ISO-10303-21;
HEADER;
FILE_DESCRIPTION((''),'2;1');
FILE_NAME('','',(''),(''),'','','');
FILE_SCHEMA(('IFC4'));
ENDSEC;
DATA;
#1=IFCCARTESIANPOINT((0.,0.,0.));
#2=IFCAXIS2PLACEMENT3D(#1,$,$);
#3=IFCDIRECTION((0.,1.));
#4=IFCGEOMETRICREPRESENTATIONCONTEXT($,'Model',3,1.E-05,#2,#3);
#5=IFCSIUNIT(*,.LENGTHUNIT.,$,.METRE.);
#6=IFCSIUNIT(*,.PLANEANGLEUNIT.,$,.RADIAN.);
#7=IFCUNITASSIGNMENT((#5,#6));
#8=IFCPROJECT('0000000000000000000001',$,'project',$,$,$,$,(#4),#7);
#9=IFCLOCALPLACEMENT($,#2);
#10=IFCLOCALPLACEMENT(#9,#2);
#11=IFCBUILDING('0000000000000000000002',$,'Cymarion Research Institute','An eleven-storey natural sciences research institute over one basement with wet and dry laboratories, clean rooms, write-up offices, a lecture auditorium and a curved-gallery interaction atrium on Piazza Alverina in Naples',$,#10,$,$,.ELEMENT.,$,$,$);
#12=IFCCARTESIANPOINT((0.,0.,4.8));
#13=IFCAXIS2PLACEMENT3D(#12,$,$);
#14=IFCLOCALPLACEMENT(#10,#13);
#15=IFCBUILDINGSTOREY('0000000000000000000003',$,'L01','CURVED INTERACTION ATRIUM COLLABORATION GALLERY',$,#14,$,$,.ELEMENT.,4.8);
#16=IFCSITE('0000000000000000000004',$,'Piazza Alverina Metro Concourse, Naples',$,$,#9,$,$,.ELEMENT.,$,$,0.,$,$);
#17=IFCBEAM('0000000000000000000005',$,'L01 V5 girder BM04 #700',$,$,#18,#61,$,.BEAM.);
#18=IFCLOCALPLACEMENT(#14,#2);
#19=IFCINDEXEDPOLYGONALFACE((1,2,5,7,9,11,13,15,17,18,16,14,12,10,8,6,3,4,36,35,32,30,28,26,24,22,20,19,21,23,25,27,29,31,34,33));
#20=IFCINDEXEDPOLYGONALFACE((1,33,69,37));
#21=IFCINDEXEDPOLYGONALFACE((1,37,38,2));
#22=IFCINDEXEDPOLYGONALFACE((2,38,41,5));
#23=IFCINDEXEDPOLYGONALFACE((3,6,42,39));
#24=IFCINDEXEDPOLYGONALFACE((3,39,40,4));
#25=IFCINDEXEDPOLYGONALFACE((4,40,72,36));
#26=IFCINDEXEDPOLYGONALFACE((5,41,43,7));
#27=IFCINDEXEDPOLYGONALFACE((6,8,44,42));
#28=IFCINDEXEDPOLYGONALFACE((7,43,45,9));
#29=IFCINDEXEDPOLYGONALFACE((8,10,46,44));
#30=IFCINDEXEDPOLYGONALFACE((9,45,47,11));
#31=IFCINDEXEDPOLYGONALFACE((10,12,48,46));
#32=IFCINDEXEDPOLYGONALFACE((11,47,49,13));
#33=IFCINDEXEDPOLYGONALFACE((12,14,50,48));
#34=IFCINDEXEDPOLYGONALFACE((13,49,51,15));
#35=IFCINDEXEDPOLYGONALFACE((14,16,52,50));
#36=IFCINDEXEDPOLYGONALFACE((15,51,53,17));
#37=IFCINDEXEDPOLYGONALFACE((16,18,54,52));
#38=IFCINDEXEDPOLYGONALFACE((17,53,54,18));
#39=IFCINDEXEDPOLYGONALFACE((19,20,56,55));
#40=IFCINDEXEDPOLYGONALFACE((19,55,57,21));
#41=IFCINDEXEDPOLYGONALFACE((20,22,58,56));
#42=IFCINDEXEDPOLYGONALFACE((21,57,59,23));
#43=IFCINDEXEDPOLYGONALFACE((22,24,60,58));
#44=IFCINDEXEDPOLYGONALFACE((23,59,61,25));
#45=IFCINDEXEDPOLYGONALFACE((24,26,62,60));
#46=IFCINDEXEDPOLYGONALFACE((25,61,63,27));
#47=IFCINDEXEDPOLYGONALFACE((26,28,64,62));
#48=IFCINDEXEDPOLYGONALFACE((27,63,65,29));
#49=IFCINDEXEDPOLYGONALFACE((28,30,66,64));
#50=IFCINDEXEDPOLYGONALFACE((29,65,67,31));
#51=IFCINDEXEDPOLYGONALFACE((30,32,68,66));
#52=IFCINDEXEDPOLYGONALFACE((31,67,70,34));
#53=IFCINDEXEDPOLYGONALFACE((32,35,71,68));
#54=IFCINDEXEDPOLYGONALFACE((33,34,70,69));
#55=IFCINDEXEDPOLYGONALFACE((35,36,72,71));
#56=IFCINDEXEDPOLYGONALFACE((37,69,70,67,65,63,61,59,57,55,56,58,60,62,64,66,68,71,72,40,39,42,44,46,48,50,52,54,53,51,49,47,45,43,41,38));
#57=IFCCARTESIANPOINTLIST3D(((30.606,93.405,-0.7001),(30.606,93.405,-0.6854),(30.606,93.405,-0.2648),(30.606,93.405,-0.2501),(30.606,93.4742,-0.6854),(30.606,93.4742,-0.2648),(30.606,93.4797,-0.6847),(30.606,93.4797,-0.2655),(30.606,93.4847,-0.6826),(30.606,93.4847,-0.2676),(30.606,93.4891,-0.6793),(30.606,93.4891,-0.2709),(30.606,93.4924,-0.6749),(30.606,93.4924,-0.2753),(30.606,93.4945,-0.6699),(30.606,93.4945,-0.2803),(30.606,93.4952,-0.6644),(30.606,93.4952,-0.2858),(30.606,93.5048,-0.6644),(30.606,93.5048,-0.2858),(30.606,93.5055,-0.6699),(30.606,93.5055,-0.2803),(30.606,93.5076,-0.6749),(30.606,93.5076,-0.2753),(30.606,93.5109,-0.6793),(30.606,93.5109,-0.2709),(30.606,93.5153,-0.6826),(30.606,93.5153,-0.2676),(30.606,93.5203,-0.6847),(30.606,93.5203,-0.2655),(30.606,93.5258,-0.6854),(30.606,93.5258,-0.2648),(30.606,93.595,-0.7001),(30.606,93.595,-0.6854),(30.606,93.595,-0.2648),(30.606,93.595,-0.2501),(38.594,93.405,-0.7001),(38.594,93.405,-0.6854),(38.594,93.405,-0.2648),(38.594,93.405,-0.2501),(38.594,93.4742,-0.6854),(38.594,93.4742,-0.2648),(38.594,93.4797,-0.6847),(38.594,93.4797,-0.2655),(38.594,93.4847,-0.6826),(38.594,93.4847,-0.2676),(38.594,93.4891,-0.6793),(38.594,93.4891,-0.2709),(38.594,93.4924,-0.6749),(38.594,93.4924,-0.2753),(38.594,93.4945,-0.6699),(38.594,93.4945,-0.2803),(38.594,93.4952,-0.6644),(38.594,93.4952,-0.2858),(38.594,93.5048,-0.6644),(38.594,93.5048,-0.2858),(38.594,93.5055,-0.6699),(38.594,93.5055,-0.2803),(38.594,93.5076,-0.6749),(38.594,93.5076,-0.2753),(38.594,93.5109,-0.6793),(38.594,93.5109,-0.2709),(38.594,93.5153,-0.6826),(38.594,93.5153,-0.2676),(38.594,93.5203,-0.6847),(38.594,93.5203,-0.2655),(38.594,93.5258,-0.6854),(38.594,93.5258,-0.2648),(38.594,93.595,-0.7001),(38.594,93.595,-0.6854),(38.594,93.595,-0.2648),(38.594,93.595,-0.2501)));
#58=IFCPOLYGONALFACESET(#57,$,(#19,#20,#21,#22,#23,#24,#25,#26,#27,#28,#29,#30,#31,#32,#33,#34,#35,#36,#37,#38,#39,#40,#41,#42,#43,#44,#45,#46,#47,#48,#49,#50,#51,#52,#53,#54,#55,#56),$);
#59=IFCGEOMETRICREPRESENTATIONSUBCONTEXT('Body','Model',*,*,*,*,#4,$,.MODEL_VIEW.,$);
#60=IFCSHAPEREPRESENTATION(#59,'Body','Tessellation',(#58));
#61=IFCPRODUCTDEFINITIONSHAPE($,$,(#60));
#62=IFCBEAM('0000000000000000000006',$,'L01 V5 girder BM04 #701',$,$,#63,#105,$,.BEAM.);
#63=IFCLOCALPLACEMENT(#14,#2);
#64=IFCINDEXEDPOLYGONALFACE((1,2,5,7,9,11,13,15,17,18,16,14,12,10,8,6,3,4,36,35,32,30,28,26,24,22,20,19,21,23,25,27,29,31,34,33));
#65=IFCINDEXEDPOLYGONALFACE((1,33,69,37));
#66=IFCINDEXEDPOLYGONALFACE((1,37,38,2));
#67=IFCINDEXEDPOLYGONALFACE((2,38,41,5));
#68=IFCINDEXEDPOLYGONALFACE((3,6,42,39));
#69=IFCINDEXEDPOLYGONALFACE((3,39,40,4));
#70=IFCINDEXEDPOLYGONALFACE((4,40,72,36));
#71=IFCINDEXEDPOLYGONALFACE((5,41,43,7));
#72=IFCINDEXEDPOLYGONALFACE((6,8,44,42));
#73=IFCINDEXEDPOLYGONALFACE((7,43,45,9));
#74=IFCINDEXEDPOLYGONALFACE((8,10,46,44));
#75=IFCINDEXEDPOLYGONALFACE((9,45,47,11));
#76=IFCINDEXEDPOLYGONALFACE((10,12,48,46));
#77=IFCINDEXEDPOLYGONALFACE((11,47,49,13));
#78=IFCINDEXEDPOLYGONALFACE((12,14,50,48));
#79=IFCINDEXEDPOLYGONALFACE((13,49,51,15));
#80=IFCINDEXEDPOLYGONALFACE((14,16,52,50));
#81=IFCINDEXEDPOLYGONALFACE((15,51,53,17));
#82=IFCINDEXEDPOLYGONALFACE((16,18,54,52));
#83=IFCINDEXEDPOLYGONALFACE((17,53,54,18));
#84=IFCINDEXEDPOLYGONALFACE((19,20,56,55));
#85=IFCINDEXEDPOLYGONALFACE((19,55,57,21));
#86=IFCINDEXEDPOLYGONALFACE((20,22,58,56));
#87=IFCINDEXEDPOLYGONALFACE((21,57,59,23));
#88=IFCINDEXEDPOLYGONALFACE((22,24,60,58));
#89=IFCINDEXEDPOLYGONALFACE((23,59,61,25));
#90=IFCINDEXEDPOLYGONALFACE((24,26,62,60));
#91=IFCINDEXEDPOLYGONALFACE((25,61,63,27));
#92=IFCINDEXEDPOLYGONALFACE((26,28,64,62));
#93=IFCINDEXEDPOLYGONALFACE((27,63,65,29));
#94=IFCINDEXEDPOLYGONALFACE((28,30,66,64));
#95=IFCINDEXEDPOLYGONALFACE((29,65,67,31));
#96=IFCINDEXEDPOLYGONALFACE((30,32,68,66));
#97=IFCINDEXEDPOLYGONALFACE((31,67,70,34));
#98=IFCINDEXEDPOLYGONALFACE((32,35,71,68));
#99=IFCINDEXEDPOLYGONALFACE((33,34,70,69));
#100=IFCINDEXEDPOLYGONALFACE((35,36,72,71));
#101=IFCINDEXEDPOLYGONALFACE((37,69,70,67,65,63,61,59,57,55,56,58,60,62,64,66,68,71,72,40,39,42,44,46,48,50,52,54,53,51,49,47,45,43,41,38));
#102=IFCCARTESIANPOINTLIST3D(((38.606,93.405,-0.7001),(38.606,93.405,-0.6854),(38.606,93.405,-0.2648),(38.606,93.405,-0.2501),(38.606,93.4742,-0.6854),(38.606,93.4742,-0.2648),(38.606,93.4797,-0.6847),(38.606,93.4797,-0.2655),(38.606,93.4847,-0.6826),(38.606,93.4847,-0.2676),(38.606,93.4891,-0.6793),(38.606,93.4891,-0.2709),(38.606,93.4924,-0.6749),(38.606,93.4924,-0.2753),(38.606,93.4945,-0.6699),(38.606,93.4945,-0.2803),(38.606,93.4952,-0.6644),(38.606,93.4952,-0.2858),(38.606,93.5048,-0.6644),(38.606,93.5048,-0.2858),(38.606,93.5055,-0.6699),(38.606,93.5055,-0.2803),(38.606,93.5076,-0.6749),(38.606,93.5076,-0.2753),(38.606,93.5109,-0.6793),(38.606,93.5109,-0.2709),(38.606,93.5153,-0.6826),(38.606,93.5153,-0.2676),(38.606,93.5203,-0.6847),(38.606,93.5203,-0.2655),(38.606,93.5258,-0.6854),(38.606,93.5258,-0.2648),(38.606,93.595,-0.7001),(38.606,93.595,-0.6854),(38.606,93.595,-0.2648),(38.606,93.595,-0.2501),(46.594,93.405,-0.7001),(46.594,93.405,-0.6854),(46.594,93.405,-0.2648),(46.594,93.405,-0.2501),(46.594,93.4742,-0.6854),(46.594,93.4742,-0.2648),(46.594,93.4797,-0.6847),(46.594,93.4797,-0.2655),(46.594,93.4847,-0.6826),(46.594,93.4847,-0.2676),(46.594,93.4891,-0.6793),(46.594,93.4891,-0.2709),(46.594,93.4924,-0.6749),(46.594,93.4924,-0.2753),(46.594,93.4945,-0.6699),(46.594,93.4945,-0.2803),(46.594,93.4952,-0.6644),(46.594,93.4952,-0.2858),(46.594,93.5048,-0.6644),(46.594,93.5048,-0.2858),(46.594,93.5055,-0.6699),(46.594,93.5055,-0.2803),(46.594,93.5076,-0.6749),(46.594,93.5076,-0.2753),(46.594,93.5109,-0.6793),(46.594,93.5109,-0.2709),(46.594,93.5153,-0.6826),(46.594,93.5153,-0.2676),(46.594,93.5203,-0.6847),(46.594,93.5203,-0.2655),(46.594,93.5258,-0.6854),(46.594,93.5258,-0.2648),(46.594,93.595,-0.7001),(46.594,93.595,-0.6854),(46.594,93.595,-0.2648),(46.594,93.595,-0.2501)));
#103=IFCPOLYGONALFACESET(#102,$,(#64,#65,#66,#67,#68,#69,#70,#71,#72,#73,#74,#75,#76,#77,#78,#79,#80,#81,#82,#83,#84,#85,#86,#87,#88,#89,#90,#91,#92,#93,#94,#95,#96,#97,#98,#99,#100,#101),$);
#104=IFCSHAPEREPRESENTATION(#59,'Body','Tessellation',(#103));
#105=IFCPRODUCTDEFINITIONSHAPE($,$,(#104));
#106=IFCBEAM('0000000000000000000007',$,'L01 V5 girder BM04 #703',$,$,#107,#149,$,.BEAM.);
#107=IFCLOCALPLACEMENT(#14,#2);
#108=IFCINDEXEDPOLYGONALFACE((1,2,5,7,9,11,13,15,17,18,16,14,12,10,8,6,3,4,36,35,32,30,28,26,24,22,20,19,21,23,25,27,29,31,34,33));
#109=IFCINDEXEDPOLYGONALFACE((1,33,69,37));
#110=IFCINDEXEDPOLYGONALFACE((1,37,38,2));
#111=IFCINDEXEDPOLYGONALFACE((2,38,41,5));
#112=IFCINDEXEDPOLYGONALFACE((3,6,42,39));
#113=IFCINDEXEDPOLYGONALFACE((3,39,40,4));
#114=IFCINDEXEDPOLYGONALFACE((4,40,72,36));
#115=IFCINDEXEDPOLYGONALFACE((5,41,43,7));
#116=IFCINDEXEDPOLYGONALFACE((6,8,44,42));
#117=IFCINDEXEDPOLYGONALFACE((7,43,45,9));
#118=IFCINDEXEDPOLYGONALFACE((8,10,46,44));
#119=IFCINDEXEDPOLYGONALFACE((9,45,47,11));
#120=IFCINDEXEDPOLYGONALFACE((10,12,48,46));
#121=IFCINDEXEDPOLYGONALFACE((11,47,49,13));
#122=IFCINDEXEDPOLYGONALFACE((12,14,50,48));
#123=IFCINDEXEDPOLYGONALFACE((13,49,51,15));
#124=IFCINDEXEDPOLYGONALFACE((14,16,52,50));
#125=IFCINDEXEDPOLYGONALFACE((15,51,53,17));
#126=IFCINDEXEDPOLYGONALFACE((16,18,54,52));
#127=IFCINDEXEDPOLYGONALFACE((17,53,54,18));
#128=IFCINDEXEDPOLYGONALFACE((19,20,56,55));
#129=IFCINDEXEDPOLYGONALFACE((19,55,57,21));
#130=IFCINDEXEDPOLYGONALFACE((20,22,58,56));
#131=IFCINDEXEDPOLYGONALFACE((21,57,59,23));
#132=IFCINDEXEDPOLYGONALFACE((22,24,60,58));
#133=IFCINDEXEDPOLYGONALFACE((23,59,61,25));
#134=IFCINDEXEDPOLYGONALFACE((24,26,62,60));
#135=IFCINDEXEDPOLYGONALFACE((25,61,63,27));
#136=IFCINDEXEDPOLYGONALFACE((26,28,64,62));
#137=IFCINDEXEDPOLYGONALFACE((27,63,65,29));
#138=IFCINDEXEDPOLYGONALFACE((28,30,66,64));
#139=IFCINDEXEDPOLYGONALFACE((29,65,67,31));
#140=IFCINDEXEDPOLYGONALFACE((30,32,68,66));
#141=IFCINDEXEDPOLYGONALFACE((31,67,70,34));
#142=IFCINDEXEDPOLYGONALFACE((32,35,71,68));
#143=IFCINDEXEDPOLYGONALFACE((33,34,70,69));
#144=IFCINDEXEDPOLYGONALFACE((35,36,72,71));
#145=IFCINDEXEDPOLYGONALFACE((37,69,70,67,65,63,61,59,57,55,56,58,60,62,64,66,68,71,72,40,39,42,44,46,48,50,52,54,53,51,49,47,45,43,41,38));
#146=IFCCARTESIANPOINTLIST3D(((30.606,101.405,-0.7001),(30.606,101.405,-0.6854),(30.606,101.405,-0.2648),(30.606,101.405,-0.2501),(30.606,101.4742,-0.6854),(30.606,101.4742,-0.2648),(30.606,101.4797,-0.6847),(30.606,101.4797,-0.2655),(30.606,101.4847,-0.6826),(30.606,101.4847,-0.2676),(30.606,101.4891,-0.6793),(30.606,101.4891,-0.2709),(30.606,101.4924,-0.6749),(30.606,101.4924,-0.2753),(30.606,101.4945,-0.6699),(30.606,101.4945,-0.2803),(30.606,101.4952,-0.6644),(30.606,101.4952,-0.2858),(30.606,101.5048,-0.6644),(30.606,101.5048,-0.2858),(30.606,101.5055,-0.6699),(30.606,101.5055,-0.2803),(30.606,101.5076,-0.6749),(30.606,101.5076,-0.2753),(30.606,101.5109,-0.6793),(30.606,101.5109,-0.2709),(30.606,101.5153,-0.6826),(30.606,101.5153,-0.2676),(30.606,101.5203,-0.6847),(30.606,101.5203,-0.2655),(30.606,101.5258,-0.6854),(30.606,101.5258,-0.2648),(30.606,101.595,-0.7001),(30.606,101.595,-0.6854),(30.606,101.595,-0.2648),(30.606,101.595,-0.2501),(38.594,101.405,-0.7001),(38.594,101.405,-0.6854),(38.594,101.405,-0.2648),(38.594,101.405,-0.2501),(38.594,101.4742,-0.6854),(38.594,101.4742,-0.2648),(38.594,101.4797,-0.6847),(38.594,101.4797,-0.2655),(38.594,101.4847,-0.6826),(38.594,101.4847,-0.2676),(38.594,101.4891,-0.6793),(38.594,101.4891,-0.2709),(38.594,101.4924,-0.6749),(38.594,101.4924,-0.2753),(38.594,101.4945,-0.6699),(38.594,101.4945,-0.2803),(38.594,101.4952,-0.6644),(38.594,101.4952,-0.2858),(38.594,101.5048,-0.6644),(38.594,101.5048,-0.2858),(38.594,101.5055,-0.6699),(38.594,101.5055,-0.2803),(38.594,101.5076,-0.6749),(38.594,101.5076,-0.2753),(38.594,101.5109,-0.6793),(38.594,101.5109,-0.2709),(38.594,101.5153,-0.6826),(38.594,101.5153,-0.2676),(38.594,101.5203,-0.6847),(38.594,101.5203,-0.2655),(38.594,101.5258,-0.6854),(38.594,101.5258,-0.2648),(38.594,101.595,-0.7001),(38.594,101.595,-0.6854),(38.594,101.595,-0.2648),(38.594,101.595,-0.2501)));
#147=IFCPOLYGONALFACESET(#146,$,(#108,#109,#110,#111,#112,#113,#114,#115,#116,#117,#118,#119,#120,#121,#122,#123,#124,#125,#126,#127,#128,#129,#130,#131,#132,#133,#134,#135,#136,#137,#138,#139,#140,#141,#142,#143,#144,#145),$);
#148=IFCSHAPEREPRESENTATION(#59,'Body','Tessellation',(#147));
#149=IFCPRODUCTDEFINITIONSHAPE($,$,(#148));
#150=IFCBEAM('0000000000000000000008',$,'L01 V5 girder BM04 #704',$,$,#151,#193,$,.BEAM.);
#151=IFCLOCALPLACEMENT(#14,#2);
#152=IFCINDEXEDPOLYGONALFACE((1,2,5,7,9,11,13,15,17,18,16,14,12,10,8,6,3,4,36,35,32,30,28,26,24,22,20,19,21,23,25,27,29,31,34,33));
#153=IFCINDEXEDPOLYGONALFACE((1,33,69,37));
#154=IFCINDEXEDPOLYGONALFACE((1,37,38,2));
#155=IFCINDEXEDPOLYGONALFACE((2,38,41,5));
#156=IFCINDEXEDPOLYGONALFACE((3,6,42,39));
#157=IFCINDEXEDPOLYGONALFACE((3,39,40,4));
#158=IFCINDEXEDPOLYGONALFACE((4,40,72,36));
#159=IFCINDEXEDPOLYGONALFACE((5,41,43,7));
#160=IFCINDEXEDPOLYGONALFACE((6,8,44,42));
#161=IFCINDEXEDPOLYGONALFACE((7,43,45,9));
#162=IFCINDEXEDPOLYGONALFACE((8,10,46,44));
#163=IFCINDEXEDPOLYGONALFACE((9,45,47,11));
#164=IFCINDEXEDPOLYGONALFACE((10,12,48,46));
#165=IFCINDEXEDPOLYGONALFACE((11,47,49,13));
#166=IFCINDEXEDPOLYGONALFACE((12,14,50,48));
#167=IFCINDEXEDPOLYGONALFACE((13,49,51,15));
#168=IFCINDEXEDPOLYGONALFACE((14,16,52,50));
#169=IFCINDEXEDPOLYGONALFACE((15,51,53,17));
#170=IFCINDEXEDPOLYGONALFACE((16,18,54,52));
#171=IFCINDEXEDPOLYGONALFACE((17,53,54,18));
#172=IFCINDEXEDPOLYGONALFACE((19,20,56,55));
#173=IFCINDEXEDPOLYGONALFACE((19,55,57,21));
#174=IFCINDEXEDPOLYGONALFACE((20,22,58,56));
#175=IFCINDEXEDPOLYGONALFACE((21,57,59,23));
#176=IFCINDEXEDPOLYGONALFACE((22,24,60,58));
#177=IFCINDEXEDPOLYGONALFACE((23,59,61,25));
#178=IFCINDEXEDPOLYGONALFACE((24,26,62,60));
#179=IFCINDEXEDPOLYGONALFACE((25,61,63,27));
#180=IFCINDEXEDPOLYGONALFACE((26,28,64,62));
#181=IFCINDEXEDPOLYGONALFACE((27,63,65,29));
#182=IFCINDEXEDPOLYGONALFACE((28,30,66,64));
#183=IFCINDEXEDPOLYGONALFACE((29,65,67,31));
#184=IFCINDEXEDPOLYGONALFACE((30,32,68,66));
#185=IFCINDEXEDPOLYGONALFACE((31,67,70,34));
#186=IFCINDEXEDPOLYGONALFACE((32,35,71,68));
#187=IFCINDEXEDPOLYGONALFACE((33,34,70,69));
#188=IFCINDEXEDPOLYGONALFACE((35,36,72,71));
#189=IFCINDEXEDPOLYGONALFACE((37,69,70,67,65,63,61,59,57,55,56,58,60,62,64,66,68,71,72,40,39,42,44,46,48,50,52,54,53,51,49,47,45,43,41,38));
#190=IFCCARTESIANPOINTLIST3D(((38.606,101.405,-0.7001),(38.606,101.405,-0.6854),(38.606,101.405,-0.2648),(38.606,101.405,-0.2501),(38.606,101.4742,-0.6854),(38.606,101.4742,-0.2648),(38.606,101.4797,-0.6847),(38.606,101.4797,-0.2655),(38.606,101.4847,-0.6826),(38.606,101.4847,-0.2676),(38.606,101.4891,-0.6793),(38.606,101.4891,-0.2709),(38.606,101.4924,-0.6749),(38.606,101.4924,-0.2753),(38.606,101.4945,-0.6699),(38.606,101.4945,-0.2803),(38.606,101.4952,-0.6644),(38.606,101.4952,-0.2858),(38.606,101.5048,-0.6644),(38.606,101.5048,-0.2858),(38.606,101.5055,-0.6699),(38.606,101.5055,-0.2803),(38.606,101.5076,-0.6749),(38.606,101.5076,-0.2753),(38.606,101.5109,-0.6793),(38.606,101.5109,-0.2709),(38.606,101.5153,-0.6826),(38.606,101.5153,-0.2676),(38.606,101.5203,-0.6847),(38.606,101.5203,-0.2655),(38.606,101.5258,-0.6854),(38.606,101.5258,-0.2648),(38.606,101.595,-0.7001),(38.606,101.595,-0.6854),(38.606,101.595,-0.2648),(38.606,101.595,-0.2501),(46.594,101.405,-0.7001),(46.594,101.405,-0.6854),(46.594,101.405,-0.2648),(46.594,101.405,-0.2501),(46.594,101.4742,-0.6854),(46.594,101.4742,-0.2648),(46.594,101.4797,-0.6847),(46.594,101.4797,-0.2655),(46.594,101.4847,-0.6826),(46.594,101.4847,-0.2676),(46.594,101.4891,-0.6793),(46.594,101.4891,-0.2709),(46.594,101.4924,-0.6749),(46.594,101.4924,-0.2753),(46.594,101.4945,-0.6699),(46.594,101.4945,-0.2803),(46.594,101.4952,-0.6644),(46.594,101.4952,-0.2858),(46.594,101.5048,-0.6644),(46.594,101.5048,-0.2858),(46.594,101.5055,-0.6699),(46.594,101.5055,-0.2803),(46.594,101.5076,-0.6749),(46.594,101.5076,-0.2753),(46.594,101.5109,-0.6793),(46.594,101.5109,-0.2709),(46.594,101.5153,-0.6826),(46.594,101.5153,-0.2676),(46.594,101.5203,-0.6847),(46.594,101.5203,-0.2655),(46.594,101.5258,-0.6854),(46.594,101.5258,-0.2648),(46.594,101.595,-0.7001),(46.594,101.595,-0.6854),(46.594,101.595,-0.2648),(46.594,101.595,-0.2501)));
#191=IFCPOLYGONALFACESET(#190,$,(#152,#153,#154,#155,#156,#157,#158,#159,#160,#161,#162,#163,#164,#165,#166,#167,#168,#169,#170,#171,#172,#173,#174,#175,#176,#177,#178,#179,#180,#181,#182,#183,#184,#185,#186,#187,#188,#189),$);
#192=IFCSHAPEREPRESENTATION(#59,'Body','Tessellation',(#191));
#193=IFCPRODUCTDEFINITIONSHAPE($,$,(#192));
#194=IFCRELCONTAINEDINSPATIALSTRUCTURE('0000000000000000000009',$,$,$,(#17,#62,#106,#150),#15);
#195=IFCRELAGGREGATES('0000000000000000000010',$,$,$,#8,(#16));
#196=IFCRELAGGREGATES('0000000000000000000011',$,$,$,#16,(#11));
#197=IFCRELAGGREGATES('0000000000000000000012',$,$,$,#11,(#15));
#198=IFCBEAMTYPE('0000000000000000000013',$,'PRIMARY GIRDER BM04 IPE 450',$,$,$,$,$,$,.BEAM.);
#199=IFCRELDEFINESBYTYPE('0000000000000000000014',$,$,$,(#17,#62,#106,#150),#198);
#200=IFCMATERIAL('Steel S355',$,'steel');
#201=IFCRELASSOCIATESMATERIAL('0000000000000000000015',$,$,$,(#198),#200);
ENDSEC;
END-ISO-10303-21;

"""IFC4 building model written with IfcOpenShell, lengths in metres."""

from ifc_helpers import new_model, si_unit, direction, frame, origin, origin_2d, place, context, subcontext, project, spatial, i_section, extrude, material, material_profile, profile_set, type_object, element, save


model = new_model("IFC4")

# Units and contexts
model_context = context("Model", 3, precision=1e-05, world=origin(), true_north=direction((0.0, 1.0)))
body_context = subcontext(model_context, "Body", "Model", "MODEL_VIEW")
ifc_project = project(units=[si_unit("LENGTHUNIT", "METRE"), si_unit("PLANEANGLEUNIT", "RADIAN")], contexts=[model_context])

# Site, building, storey
site_placement = place(None, origin())
site = spatial("IfcSite", under=ifc_project, at=site_placement, Name="Piazza Alverina Metro Concourse, Naples", CompositionType="ELEMENT", RefElevation=0.0)
building_placement = place(site_placement, origin())
building = spatial("IfcBuilding", under=site, at=building_placement, Name="Cymarion Research Institute", Description="An eleven-storey natural sciences research institute over one basement with wet and dry laboratories, clean rooms, write-up offices, a lecture auditorium and a curved-gallery interaction atrium on Piazza Alverina in Naples", CompositionType="ELEMENT")
storey_placement = place(building_placement, frame((0.0, 0.0, 4.8)))
storey = spatial("IfcBuildingStorey", under=building, at=storey_placement, Name="L01", Description="CURVED INTERACTION ATRIUM COLLABORATION GALLERY", CompositionType="ELEMENT", Elevation=4.8)

# Shared definitions
ifc_material_1 = material(Name="Steel S355", Category="steel")

# Beams
ifc_material_profile_1 = material_profile(ifc_material_1, i_section(OverallWidth=0.1899, OverallDepth=0.45, WebThickness=0.0095, FlangeThickness=0.0146, FilletRadius=0.021, at=origin_2d()), Name="IPE 450")
ifc_profile_set_1 = profile_set([ifc_material_profile_1], Name="Steel S355")
beam_type_1 = type_object("IfcBeamType", Name="PRIMARY GIRDER BM04 IPE 450", PredefinedType="BEAM", material=ifc_profile_set_1)
for number, where, z_axis, x_axis, name in (
    (1, (30.606, 93.5, -0.4751), (1.0, 0.0, 0.0), (0.0, 1.0, 0.0), "L01 V5 girder BM04 #700"),
    (2, (38.606, 93.5, -0.4751), (1.0, 0.0, 0.0), (0.0, 1.0, 0.0), "L01 V5 girder BM04 #701"),
    (3, (30.606, 101.5, -0.4751), (1.0, 0.0, 0.0), (0.0, 1.0, 0.0), "L01 V5 girder BM04 #703"),
    (4, (38.606, 101.5, -0.4751), (1.0, 0.0, 0.0), (0.0, 1.0, 0.0), "L01 V5 girder BM04 #704"),
):
    element("IfcBeam", number, at=place(storey_placement, frame(where, z_axis=z_axis, x_axis=x_axis)), inside=storey, type_object=beam_type_1, Name=name, PredefinedType="BEAM", context=body_context, shape_type="SweptSolid", body=[
        extrude(i_section(OverallWidth=0.1899, OverallDepth=0.45, WebThickness=0.0095, FlangeThickness=0.0146, FilletRadius=0.021, at=origin_2d()), origin(), (0.0, 0.0, 1.0), 7.988),
    ])

save(model, "model.ifc")
